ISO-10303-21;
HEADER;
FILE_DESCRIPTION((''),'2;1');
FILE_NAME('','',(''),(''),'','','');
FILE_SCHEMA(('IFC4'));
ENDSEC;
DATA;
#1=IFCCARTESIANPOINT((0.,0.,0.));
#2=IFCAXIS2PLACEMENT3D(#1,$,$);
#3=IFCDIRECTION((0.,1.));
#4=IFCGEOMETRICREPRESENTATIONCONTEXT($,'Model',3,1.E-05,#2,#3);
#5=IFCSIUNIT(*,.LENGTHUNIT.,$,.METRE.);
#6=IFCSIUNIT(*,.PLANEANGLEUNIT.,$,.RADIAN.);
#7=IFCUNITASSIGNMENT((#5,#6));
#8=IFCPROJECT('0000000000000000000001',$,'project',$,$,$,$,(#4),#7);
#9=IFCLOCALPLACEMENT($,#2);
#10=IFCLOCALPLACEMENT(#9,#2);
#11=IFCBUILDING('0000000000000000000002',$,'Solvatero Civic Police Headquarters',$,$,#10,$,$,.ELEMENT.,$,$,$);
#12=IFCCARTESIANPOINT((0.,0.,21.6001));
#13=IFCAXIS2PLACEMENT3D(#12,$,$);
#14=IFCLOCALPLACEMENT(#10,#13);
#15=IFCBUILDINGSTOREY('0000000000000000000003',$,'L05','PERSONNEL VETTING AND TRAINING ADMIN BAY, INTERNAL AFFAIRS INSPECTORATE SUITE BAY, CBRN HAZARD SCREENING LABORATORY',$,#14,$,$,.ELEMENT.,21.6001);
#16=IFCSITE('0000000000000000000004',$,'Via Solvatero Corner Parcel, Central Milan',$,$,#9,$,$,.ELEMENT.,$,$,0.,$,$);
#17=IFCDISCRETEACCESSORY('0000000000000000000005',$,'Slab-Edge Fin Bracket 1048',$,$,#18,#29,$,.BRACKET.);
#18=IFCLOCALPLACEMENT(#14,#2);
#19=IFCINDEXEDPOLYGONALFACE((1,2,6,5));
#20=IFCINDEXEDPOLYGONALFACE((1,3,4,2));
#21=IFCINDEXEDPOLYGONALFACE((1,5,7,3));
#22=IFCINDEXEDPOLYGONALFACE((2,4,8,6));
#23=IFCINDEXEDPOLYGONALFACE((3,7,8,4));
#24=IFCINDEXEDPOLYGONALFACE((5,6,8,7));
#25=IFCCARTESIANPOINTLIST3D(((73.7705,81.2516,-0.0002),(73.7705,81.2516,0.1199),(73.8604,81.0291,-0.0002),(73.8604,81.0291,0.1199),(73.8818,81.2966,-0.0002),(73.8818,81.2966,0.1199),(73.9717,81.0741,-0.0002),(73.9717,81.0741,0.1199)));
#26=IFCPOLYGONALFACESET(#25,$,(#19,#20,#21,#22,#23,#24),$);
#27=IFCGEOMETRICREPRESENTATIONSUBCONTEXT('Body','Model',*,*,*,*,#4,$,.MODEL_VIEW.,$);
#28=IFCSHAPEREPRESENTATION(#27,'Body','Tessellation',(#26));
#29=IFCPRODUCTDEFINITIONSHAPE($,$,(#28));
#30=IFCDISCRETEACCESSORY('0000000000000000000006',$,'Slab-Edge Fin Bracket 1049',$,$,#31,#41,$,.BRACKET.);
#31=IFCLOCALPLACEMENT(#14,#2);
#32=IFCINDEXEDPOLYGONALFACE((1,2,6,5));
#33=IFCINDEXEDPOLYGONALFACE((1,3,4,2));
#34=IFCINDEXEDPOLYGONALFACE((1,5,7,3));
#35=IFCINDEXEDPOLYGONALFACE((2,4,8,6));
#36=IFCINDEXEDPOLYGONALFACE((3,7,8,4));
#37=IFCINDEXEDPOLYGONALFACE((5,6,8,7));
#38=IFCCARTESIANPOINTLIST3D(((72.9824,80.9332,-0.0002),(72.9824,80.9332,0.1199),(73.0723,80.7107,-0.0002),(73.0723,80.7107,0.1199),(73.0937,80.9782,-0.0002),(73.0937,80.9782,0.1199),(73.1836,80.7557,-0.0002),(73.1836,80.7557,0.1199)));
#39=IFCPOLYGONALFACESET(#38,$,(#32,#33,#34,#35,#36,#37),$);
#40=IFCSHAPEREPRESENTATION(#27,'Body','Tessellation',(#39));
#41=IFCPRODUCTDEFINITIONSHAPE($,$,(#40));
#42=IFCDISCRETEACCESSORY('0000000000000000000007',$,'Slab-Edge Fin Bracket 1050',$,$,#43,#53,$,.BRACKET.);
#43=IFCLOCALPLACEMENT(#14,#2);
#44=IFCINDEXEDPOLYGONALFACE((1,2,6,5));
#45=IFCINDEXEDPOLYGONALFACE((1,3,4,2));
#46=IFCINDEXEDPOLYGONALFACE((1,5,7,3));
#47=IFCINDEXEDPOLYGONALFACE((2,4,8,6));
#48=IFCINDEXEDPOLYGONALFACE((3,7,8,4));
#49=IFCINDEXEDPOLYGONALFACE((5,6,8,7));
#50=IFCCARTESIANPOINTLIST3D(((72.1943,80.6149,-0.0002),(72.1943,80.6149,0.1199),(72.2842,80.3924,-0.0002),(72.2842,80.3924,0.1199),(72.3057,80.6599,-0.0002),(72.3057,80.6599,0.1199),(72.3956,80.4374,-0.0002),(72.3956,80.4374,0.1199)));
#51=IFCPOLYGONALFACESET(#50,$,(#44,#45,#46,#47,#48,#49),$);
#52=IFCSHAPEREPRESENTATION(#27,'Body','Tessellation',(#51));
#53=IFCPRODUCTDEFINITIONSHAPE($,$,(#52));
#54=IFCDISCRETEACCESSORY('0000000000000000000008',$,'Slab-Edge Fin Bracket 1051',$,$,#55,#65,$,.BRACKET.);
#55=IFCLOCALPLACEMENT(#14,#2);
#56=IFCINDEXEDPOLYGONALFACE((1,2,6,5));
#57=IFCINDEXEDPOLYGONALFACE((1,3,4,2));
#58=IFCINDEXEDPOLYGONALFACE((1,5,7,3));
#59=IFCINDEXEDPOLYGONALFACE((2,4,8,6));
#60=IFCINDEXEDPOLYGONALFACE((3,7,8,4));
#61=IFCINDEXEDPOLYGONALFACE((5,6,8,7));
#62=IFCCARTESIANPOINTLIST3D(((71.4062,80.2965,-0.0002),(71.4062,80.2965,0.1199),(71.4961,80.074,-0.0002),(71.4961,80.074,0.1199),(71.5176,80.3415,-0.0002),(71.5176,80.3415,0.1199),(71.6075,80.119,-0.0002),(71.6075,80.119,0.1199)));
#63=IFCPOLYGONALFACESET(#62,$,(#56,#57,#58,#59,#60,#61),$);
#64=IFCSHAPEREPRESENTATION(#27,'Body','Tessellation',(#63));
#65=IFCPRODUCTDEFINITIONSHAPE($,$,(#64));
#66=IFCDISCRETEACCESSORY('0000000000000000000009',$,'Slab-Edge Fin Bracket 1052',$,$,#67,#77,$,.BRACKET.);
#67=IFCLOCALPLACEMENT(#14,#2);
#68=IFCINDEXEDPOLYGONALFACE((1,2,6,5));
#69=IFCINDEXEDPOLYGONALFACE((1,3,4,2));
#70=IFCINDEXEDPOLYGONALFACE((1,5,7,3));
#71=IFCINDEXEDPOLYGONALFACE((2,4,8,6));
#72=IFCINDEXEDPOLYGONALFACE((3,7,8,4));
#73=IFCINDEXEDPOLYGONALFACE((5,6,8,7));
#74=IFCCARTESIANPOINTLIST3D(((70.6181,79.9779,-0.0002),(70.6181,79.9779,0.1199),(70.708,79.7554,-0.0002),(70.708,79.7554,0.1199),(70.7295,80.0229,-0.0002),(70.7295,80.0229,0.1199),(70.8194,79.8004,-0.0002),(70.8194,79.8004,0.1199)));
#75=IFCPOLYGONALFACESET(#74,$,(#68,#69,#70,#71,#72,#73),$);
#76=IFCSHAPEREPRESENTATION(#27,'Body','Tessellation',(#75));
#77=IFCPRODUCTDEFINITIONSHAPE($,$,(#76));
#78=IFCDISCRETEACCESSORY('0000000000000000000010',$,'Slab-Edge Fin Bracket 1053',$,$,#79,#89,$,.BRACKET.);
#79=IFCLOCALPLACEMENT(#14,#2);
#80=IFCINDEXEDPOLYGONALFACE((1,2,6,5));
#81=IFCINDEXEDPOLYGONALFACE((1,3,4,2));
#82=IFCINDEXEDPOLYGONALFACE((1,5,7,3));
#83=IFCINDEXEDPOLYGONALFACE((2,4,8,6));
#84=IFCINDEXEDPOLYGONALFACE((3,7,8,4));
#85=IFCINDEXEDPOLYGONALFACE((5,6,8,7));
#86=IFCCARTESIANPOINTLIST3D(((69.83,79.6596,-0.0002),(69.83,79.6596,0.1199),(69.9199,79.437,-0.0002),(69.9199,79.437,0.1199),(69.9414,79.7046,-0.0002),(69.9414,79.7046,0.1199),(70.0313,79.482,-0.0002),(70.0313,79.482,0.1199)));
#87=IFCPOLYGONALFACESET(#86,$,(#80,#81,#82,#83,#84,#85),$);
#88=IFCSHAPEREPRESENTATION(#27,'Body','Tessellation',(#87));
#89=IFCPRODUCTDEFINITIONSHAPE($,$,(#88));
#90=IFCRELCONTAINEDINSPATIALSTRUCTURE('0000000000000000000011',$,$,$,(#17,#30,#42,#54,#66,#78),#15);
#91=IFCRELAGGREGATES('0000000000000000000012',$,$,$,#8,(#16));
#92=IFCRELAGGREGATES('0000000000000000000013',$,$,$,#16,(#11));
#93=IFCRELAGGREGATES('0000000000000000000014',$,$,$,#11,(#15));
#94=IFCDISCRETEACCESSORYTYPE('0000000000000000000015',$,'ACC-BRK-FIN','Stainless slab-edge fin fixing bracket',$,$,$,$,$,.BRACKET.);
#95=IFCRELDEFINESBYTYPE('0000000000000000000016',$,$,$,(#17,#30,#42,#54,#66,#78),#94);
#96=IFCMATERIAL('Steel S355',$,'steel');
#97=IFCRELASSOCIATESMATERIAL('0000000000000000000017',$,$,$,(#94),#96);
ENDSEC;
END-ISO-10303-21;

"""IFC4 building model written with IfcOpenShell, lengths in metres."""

from ifc_helpers import new_model, si_unit, direction, frame, origin, origin_2d, place, context, subcontext, project, spatial, rectangle, extrude, material, type_object, element, save


model = new_model("IFC4")

# Units and contexts
model_context = context("Model", 3, precision=1e-05, world=origin(), true_north=direction((0.0, 1.0)))
body_context = subcontext(model_context, "Body", "Model", "MODEL_VIEW")
ifc_project = project(units=[si_unit("LENGTHUNIT", "METRE"), si_unit("PLANEANGLEUNIT", "RADIAN")], contexts=[model_context])

# Site, building, storey
site_placement = place(None, origin())
site = spatial("IfcSite", under=ifc_project, at=site_placement, Name="Via Solvatero Corner Parcel, Central Milan", CompositionType="ELEMENT", RefElevation=0.0)
building_placement = place(site_placement, origin())
building = spatial("IfcBuilding", under=site, at=building_placement, Name="Solvatero Civic Police Headquarters", CompositionType="ELEMENT")
storey_placement = place(building_placement, frame((0.0, 0.0, 21.6001)))
storey = spatial("IfcBuildingStorey", under=building, at=storey_placement, Name="L05", Description="PERSONNEL VETTING AND TRAINING ADMIN BAY, INTERNAL AFFAIRS INSPECTORATE SUITE BAY, CBRN HAZARD SCREENING LABORATORY", CompositionType="ELEMENT", Elevation=21.6001)

# Discrete accessories
ifc_material_1 = material(Name="Steel S355", Category="steel")
discrete_accessory_type = type_object("IfcDiscreteAccessoryType", Name="ACC-BRK-FIN", Description="Stainless slab-edge fin fixing bracket", PredefinedType="BRACKET", material=ifc_material_1)
for number, where, z_axis, x_axis, name in (
    (1, (73.8711, 81.1628, -0.0002), (0.0, 0.0, 1.0), (-0.927184, -0.374607, 0.0), "Slab-Edge Fin Bracket 1048"),
    (2, (73.083, 80.8445, -0.0002), (0.0, 0.0, 1.0), (-0.927184, -0.374607, 0.0), "Slab-Edge Fin Bracket 1049"),
    (3, (72.2949, 80.5261, -0.0002), (0.0, 0.0, 1.0), (-0.927184, -0.374607, 0.0), "Slab-Edge Fin Bracket 1050"),
    (4, (71.5068, 80.2078, -0.0002), (0.0, 0.0, 1.0), (-0.927184, -0.374607, 0.0), "Slab-Edge Fin Bracket 1051"),
    (5, (70.7188, 79.8892, -0.0002), (0.0, 0.0, 1.0), (-0.927184, -0.374607, 0.0), "Slab-Edge Fin Bracket 1052"),
    (6, (69.9307, 79.5708, -0.0002), (0.0, 0.0, 1.0), (-0.927184, -0.374607, 0.0), "Slab-Edge Fin Bracket 1053"),
):
    element("IfcDiscreteAccessory", number, at=place(storey_placement, frame(where, z_axis=z_axis, x_axis=x_axis)), inside=storey, type_object=discrete_accessory_type, Name=name, PredefinedType="BRACKET", context=body_context, shape_type="SweptSolid", body=[
        extrude(rectangle(XDim=0.1201, YDim=0.24, at=origin_2d()), origin(), (0.0, 0.0, 1.0), 0.1201),
    ])

save(model, "model.ifc")
